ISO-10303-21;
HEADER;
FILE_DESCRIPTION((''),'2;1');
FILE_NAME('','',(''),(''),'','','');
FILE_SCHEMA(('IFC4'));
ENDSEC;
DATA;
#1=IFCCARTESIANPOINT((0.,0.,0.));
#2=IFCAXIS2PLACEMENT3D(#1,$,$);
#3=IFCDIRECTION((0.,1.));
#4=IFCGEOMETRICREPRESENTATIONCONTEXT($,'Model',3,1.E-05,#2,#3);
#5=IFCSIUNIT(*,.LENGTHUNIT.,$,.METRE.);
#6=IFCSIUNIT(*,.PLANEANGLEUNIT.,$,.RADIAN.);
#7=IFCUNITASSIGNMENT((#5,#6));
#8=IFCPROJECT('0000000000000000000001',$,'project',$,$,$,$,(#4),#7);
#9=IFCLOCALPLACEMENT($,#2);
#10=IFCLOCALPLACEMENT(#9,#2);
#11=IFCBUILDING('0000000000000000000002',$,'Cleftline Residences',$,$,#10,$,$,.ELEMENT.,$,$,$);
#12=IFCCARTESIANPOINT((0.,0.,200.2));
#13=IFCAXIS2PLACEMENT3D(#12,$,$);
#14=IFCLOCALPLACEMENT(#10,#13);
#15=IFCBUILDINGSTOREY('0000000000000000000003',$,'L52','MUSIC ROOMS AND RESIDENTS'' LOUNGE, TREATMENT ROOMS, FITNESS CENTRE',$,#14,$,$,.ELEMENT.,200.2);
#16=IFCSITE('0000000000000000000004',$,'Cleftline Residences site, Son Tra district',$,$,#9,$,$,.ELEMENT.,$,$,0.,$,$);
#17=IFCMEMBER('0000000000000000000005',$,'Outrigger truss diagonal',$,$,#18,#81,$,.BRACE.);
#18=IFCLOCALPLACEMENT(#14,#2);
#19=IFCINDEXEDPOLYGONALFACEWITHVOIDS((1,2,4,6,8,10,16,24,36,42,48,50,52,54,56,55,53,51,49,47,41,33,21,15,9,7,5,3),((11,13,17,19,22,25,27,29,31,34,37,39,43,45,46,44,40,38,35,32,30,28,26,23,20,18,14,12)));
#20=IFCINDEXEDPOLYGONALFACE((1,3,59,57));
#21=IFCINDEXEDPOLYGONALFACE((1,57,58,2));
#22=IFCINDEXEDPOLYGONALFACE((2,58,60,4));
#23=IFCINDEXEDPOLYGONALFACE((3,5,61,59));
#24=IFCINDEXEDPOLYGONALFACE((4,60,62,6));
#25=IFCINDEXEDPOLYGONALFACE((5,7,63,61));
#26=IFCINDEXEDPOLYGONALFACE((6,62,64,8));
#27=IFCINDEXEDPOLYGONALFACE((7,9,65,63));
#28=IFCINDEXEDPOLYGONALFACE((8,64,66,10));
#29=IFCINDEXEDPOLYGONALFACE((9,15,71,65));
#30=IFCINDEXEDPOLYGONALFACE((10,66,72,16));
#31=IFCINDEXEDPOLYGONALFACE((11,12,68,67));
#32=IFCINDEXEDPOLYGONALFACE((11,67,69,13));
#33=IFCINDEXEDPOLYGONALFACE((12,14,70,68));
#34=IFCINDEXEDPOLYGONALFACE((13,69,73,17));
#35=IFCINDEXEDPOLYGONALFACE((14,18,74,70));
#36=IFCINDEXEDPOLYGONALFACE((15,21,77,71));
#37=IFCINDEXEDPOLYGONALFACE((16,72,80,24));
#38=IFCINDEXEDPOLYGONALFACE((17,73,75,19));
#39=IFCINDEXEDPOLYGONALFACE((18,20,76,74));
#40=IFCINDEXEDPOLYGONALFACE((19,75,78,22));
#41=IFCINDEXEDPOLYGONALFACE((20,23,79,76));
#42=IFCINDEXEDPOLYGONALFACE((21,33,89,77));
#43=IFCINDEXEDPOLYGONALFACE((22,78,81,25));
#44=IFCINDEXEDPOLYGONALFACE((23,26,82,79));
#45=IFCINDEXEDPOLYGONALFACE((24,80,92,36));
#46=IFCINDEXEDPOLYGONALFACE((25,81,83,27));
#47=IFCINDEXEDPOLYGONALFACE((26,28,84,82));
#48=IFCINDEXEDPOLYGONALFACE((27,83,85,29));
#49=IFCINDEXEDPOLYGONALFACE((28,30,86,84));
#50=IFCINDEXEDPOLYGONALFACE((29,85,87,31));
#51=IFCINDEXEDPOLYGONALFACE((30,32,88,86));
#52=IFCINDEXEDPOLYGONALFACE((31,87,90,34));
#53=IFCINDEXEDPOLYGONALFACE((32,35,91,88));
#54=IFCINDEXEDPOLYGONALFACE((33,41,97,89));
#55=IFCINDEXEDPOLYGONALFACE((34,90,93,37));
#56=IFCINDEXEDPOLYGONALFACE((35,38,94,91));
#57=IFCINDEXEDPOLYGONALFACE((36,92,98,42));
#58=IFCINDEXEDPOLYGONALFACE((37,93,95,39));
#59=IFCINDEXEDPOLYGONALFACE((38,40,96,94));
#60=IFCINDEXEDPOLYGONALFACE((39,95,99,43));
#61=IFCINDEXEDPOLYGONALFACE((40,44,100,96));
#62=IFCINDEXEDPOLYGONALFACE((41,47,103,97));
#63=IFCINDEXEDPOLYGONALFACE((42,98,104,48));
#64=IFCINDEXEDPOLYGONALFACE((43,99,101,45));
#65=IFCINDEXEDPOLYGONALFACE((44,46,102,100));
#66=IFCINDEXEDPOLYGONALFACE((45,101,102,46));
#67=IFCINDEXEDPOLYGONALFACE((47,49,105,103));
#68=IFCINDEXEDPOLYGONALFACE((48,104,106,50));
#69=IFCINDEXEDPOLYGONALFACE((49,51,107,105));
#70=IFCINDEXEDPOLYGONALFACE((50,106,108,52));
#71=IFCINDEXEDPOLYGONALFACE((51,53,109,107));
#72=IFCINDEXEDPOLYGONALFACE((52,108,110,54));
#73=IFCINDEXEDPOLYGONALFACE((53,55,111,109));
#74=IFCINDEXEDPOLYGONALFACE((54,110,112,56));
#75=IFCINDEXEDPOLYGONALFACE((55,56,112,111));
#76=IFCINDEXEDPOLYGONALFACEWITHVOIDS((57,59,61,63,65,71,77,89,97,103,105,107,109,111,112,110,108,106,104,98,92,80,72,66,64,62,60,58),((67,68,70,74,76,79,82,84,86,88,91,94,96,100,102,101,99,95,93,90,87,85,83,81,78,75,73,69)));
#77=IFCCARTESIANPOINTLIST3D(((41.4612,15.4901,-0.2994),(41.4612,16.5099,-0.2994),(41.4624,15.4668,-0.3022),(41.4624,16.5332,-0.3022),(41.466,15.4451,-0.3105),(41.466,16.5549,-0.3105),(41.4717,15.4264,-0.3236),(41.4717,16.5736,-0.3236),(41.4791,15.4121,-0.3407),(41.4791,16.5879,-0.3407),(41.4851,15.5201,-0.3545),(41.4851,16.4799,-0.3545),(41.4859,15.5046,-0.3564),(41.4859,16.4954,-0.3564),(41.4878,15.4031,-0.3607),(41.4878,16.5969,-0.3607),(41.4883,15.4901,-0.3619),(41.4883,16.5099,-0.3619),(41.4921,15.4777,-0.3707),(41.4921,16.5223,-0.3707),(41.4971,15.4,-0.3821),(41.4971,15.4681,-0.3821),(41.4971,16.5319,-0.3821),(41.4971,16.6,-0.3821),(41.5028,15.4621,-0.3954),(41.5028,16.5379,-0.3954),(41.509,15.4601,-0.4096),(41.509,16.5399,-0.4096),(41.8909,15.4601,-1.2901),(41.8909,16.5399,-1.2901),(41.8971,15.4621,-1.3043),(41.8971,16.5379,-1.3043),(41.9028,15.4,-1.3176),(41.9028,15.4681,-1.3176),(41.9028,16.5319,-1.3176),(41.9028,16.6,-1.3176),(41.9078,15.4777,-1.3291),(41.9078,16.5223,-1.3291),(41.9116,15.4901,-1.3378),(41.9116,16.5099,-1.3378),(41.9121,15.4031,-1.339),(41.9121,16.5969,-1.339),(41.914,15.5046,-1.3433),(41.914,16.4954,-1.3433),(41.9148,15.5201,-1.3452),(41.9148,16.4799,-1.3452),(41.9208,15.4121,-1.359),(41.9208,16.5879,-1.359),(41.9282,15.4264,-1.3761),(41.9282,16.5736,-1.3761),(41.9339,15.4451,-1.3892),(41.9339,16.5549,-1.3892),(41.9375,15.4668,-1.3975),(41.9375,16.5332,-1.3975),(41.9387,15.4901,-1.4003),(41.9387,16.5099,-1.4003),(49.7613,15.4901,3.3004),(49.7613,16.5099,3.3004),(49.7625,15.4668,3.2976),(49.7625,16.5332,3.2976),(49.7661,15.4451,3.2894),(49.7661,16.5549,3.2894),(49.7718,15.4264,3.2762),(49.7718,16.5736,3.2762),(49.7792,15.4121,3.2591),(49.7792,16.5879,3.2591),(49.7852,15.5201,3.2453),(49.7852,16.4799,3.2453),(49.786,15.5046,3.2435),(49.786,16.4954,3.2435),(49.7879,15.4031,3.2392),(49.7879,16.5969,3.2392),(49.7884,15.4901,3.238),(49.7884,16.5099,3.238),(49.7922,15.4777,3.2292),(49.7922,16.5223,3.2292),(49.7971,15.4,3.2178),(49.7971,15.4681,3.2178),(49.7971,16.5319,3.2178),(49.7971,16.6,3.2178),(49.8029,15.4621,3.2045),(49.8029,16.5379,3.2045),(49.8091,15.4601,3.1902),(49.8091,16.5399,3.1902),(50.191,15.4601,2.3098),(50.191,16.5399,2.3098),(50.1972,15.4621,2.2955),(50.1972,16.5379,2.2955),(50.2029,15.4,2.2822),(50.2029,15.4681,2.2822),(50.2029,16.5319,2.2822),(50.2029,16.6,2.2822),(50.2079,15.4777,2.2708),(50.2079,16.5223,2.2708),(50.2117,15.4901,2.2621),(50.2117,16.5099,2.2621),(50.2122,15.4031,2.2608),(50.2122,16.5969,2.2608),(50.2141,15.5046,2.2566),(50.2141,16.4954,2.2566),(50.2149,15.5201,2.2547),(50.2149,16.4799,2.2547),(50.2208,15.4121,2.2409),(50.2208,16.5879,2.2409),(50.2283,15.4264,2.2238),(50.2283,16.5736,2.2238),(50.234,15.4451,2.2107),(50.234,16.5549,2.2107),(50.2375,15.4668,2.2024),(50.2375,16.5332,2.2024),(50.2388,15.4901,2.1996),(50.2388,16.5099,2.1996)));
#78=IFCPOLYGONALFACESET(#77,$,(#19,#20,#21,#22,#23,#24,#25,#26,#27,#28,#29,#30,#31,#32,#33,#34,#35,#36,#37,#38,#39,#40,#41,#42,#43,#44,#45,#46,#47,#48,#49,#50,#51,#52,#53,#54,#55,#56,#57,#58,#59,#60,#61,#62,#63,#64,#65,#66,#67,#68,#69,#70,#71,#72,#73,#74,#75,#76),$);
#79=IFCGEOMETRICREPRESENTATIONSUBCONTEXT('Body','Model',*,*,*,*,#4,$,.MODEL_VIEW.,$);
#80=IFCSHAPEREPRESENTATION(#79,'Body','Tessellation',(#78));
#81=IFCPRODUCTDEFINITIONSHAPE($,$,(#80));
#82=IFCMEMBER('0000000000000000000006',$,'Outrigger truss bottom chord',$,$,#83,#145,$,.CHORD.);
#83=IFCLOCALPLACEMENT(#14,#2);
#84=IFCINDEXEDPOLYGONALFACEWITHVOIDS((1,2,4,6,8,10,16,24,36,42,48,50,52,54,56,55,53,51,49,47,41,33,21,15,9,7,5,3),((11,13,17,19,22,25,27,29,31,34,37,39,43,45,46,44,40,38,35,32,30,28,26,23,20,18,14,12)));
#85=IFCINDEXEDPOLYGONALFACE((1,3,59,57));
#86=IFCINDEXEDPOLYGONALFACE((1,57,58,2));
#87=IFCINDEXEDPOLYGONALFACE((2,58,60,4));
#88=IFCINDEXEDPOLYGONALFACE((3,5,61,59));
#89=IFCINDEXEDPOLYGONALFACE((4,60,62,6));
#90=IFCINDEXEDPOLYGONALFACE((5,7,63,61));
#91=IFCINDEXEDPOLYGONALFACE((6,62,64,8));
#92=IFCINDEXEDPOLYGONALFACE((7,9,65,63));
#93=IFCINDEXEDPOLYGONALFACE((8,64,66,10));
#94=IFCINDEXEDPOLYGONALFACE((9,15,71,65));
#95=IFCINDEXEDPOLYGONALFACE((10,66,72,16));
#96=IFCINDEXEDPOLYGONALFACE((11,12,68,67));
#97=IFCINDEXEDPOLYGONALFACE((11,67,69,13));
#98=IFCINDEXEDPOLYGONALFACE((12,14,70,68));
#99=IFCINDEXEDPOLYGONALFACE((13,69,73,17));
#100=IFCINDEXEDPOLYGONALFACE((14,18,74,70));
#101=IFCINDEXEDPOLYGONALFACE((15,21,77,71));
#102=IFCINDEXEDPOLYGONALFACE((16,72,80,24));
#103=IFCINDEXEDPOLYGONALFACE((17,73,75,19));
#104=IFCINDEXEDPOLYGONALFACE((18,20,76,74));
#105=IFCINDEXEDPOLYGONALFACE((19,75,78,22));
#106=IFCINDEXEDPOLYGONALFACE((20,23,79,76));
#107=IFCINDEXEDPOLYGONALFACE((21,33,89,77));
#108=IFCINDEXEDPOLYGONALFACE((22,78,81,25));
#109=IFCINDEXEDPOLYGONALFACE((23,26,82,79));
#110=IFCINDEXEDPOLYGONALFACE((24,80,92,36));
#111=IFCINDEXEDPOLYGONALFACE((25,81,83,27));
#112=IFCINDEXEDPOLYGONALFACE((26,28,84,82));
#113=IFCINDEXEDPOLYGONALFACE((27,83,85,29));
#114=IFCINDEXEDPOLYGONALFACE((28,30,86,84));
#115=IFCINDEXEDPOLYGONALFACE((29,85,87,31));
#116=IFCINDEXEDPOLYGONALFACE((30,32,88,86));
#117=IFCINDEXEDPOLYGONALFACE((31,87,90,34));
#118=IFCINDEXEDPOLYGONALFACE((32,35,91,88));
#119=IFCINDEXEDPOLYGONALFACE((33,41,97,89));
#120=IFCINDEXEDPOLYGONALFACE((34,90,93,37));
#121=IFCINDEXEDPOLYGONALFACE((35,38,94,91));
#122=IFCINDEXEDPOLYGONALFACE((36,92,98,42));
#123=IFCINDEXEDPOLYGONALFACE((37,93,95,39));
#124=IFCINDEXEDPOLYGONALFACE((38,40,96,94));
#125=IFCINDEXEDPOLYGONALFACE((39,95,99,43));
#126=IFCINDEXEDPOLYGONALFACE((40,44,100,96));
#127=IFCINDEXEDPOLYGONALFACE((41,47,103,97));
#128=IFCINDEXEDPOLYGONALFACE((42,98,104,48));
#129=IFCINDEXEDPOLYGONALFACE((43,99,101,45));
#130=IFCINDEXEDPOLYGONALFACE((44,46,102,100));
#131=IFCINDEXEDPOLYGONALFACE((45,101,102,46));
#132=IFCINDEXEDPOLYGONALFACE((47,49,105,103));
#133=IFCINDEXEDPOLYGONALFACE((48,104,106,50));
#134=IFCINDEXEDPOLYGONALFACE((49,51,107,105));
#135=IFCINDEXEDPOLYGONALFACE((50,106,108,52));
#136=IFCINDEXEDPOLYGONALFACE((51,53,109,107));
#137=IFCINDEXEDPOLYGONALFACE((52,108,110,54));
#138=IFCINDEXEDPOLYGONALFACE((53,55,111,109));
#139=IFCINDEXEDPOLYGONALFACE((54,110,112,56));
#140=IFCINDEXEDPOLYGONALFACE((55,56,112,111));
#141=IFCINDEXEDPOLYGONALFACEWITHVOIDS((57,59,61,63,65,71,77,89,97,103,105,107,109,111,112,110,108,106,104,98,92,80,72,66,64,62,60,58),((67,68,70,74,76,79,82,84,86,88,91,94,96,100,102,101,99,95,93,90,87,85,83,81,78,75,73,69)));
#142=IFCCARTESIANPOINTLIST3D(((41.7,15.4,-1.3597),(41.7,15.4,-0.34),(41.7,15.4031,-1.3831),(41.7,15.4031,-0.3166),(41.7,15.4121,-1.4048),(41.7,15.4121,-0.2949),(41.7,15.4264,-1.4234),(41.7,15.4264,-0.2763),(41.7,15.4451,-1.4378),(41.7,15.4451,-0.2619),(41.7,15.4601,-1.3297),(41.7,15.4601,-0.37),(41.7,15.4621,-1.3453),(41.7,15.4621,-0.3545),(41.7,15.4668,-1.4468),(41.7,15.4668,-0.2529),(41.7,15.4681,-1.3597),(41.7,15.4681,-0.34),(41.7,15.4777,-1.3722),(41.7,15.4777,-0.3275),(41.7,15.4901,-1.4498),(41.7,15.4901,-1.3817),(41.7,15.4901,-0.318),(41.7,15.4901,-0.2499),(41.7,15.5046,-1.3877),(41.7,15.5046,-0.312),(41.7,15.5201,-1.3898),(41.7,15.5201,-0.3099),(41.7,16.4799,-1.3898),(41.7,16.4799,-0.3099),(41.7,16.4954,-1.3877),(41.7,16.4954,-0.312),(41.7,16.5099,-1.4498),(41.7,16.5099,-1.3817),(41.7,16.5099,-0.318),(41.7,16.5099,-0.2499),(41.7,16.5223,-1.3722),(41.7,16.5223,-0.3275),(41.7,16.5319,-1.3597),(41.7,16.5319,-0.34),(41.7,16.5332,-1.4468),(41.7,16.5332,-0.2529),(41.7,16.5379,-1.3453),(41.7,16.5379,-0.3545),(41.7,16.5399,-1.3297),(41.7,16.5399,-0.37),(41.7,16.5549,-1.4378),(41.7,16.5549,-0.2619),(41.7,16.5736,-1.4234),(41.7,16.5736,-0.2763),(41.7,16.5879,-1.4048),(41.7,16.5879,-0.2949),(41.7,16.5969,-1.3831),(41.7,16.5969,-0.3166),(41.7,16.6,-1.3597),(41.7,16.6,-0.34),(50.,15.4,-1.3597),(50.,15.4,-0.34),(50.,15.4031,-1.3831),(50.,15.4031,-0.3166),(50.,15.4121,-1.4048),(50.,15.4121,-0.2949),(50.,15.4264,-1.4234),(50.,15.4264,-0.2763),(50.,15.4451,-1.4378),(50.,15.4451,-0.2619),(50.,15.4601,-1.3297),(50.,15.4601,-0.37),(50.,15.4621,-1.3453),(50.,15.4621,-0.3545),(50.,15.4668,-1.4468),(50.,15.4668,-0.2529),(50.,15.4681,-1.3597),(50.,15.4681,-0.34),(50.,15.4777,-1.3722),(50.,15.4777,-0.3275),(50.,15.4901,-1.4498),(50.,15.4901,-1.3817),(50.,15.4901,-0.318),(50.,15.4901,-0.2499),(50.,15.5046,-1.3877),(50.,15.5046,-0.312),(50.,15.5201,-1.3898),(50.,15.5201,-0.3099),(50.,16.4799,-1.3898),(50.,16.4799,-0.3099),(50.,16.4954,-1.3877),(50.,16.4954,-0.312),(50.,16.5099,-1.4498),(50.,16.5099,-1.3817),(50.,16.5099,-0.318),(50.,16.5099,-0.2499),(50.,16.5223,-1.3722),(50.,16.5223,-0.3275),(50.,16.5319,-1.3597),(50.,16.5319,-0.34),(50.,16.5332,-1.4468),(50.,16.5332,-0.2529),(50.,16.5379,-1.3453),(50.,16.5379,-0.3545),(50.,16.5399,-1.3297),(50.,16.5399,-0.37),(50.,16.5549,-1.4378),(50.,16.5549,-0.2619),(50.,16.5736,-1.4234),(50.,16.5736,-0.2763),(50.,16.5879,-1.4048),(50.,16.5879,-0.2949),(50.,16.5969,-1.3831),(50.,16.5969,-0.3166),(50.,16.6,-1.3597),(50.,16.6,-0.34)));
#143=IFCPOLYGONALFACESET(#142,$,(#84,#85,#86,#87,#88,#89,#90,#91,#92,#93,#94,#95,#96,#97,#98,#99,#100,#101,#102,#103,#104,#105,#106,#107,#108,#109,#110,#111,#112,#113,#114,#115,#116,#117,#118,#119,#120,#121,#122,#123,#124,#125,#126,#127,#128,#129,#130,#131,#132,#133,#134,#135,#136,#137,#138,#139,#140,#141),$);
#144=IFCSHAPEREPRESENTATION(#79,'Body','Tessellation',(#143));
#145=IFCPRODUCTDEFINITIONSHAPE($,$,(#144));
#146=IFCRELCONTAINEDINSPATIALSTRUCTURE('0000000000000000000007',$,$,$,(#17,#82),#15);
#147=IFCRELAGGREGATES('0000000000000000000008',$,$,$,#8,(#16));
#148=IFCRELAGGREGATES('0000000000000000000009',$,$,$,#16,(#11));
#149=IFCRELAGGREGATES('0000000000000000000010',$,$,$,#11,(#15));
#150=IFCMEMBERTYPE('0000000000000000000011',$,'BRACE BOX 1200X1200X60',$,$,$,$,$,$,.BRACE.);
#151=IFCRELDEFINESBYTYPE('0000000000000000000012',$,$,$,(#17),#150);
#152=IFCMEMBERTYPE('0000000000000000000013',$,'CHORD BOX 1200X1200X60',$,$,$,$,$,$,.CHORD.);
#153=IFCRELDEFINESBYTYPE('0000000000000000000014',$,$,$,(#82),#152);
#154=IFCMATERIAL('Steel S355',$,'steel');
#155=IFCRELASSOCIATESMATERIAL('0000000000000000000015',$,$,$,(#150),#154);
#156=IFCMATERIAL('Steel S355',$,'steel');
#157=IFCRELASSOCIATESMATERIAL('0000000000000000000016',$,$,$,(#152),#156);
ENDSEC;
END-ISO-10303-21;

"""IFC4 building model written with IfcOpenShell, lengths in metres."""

from ifc_helpers import new_model, si_unit, direction, frame, origin, origin_2d, place, context, subcontext, project, spatial, hollow_rectangle, extrude, material, material_profile, profile_set, type_object, element, save


model = new_model("IFC4")

# Units and contexts
model_context = context("Model", 3, precision=1e-05, world=origin(), true_north=direction((0.0, 1.0)))
body_context = subcontext(model_context, "Body", "Model", "MODEL_VIEW")
ifc_project = project(units=[si_unit("LENGTHUNIT", "METRE"), si_unit("PLANEANGLEUNIT", "RADIAN")], contexts=[model_context])

# Site, building, storey
site_placement = place(None, origin())
site = spatial("IfcSite", under=ifc_project, at=site_placement, Name="Cleftline Residences site, Son Tra district", CompositionType="ELEMENT", RefElevation=0.0)
building_placement = place(site_placement, origin())
building = spatial("IfcBuilding", under=site, at=building_placement, Name="Cleftline Residences", CompositionType="ELEMENT")
storey_placement = place(building_placement, frame((0.0, 0.0, 200.2)))
storey = spatial("IfcBuildingStorey", under=building, at=storey_placement, Name="L52", Description="MUSIC ROOMS AND RESIDENTS' LOUNGE, TREATMENT ROOMS, FITNESS CENTRE", CompositionType="ELEMENT", Elevation=200.2)

# Members
ifc_material_1 = material(Name="Steel S355", Category="steel")
ifc_material_profile_1 = material_profile(ifc_material_1, hollow_rectangle(XDim=1.2, YDim=1.2, WallThickness=0.0601, InnerFilletRadius=0.0601, OuterFilletRadius=0.0901, at=origin_2d()))
ifc_profile_set_1 = profile_set([ifc_material_profile_1], Name="Steel S355")
member_type_1 = type_object("IfcMemberType", Name="BRACE BOX 1200X1200X60", PredefinedType="BRACE", material=ifc_profile_set_1)
member_1_placement = place(storey_placement, frame((41.7, 16.0, -0.8499), z_axis=(0.917428, 0.0, 0.397902), x_axis=(-0.397902, 0.0, 0.917428)))
element("IfcMember", 1, at=member_1_placement, inside=storey, type_object=member_type_1, Name="Outrigger truss diagonal", PredefinedType="BRACE", context=body_context, shape_type="SweptSolid", body=[
    extrude(hollow_rectangle(XDim=1.2, YDim=1.2, WallThickness=0.0601, InnerFilletRadius=0.0601, OuterFilletRadius=0.0901, at=origin_2d()), origin(), (0.0, 0.0, 1.0), 9.0471),
])
ifc_material_2 = material(Name="Steel S355", Category="steel")
ifc_material_profile_2 = material_profile(ifc_material_2, hollow_rectangle(XDim=1.2, YDim=1.2, WallThickness=0.0601, InnerFilletRadius=0.0601, OuterFilletRadius=0.0901, at=origin_2d()))
ifc_profile_set_2 = profile_set([ifc_material_profile_2], Name="Steel S355")
member_type_2 = type_object("IfcMemberType", Name="CHORD BOX 1200X1200X60", PredefinedType="CHORD", material=ifc_profile_set_2)
for number, where, z_axis, x_axis, name in (
    (2, (41.7, 16.0, -0.8499), (1.0, 0.0, 0.0), (0.0, 1.0, 0.0), "Outrigger truss bottom chord"),
):
    element("IfcMember", number, at=place(storey_placement, frame(where, z_axis=z_axis, x_axis=x_axis)), inside=storey, type_object=member_type_2, Name=name, PredefinedType="CHORD", context=body_context, shape_type="SweptSolid", body=[
        extrude(hollow_rectangle(XDim=1.2, YDim=1.2, WallThickness=0.0601, InnerFilletRadius=0.0601, OuterFilletRadius=0.0901, at=origin_2d()), origin(), (0.0, 0.0, 1.0), 8.3),
    ])

save(model, "model.ifc")
